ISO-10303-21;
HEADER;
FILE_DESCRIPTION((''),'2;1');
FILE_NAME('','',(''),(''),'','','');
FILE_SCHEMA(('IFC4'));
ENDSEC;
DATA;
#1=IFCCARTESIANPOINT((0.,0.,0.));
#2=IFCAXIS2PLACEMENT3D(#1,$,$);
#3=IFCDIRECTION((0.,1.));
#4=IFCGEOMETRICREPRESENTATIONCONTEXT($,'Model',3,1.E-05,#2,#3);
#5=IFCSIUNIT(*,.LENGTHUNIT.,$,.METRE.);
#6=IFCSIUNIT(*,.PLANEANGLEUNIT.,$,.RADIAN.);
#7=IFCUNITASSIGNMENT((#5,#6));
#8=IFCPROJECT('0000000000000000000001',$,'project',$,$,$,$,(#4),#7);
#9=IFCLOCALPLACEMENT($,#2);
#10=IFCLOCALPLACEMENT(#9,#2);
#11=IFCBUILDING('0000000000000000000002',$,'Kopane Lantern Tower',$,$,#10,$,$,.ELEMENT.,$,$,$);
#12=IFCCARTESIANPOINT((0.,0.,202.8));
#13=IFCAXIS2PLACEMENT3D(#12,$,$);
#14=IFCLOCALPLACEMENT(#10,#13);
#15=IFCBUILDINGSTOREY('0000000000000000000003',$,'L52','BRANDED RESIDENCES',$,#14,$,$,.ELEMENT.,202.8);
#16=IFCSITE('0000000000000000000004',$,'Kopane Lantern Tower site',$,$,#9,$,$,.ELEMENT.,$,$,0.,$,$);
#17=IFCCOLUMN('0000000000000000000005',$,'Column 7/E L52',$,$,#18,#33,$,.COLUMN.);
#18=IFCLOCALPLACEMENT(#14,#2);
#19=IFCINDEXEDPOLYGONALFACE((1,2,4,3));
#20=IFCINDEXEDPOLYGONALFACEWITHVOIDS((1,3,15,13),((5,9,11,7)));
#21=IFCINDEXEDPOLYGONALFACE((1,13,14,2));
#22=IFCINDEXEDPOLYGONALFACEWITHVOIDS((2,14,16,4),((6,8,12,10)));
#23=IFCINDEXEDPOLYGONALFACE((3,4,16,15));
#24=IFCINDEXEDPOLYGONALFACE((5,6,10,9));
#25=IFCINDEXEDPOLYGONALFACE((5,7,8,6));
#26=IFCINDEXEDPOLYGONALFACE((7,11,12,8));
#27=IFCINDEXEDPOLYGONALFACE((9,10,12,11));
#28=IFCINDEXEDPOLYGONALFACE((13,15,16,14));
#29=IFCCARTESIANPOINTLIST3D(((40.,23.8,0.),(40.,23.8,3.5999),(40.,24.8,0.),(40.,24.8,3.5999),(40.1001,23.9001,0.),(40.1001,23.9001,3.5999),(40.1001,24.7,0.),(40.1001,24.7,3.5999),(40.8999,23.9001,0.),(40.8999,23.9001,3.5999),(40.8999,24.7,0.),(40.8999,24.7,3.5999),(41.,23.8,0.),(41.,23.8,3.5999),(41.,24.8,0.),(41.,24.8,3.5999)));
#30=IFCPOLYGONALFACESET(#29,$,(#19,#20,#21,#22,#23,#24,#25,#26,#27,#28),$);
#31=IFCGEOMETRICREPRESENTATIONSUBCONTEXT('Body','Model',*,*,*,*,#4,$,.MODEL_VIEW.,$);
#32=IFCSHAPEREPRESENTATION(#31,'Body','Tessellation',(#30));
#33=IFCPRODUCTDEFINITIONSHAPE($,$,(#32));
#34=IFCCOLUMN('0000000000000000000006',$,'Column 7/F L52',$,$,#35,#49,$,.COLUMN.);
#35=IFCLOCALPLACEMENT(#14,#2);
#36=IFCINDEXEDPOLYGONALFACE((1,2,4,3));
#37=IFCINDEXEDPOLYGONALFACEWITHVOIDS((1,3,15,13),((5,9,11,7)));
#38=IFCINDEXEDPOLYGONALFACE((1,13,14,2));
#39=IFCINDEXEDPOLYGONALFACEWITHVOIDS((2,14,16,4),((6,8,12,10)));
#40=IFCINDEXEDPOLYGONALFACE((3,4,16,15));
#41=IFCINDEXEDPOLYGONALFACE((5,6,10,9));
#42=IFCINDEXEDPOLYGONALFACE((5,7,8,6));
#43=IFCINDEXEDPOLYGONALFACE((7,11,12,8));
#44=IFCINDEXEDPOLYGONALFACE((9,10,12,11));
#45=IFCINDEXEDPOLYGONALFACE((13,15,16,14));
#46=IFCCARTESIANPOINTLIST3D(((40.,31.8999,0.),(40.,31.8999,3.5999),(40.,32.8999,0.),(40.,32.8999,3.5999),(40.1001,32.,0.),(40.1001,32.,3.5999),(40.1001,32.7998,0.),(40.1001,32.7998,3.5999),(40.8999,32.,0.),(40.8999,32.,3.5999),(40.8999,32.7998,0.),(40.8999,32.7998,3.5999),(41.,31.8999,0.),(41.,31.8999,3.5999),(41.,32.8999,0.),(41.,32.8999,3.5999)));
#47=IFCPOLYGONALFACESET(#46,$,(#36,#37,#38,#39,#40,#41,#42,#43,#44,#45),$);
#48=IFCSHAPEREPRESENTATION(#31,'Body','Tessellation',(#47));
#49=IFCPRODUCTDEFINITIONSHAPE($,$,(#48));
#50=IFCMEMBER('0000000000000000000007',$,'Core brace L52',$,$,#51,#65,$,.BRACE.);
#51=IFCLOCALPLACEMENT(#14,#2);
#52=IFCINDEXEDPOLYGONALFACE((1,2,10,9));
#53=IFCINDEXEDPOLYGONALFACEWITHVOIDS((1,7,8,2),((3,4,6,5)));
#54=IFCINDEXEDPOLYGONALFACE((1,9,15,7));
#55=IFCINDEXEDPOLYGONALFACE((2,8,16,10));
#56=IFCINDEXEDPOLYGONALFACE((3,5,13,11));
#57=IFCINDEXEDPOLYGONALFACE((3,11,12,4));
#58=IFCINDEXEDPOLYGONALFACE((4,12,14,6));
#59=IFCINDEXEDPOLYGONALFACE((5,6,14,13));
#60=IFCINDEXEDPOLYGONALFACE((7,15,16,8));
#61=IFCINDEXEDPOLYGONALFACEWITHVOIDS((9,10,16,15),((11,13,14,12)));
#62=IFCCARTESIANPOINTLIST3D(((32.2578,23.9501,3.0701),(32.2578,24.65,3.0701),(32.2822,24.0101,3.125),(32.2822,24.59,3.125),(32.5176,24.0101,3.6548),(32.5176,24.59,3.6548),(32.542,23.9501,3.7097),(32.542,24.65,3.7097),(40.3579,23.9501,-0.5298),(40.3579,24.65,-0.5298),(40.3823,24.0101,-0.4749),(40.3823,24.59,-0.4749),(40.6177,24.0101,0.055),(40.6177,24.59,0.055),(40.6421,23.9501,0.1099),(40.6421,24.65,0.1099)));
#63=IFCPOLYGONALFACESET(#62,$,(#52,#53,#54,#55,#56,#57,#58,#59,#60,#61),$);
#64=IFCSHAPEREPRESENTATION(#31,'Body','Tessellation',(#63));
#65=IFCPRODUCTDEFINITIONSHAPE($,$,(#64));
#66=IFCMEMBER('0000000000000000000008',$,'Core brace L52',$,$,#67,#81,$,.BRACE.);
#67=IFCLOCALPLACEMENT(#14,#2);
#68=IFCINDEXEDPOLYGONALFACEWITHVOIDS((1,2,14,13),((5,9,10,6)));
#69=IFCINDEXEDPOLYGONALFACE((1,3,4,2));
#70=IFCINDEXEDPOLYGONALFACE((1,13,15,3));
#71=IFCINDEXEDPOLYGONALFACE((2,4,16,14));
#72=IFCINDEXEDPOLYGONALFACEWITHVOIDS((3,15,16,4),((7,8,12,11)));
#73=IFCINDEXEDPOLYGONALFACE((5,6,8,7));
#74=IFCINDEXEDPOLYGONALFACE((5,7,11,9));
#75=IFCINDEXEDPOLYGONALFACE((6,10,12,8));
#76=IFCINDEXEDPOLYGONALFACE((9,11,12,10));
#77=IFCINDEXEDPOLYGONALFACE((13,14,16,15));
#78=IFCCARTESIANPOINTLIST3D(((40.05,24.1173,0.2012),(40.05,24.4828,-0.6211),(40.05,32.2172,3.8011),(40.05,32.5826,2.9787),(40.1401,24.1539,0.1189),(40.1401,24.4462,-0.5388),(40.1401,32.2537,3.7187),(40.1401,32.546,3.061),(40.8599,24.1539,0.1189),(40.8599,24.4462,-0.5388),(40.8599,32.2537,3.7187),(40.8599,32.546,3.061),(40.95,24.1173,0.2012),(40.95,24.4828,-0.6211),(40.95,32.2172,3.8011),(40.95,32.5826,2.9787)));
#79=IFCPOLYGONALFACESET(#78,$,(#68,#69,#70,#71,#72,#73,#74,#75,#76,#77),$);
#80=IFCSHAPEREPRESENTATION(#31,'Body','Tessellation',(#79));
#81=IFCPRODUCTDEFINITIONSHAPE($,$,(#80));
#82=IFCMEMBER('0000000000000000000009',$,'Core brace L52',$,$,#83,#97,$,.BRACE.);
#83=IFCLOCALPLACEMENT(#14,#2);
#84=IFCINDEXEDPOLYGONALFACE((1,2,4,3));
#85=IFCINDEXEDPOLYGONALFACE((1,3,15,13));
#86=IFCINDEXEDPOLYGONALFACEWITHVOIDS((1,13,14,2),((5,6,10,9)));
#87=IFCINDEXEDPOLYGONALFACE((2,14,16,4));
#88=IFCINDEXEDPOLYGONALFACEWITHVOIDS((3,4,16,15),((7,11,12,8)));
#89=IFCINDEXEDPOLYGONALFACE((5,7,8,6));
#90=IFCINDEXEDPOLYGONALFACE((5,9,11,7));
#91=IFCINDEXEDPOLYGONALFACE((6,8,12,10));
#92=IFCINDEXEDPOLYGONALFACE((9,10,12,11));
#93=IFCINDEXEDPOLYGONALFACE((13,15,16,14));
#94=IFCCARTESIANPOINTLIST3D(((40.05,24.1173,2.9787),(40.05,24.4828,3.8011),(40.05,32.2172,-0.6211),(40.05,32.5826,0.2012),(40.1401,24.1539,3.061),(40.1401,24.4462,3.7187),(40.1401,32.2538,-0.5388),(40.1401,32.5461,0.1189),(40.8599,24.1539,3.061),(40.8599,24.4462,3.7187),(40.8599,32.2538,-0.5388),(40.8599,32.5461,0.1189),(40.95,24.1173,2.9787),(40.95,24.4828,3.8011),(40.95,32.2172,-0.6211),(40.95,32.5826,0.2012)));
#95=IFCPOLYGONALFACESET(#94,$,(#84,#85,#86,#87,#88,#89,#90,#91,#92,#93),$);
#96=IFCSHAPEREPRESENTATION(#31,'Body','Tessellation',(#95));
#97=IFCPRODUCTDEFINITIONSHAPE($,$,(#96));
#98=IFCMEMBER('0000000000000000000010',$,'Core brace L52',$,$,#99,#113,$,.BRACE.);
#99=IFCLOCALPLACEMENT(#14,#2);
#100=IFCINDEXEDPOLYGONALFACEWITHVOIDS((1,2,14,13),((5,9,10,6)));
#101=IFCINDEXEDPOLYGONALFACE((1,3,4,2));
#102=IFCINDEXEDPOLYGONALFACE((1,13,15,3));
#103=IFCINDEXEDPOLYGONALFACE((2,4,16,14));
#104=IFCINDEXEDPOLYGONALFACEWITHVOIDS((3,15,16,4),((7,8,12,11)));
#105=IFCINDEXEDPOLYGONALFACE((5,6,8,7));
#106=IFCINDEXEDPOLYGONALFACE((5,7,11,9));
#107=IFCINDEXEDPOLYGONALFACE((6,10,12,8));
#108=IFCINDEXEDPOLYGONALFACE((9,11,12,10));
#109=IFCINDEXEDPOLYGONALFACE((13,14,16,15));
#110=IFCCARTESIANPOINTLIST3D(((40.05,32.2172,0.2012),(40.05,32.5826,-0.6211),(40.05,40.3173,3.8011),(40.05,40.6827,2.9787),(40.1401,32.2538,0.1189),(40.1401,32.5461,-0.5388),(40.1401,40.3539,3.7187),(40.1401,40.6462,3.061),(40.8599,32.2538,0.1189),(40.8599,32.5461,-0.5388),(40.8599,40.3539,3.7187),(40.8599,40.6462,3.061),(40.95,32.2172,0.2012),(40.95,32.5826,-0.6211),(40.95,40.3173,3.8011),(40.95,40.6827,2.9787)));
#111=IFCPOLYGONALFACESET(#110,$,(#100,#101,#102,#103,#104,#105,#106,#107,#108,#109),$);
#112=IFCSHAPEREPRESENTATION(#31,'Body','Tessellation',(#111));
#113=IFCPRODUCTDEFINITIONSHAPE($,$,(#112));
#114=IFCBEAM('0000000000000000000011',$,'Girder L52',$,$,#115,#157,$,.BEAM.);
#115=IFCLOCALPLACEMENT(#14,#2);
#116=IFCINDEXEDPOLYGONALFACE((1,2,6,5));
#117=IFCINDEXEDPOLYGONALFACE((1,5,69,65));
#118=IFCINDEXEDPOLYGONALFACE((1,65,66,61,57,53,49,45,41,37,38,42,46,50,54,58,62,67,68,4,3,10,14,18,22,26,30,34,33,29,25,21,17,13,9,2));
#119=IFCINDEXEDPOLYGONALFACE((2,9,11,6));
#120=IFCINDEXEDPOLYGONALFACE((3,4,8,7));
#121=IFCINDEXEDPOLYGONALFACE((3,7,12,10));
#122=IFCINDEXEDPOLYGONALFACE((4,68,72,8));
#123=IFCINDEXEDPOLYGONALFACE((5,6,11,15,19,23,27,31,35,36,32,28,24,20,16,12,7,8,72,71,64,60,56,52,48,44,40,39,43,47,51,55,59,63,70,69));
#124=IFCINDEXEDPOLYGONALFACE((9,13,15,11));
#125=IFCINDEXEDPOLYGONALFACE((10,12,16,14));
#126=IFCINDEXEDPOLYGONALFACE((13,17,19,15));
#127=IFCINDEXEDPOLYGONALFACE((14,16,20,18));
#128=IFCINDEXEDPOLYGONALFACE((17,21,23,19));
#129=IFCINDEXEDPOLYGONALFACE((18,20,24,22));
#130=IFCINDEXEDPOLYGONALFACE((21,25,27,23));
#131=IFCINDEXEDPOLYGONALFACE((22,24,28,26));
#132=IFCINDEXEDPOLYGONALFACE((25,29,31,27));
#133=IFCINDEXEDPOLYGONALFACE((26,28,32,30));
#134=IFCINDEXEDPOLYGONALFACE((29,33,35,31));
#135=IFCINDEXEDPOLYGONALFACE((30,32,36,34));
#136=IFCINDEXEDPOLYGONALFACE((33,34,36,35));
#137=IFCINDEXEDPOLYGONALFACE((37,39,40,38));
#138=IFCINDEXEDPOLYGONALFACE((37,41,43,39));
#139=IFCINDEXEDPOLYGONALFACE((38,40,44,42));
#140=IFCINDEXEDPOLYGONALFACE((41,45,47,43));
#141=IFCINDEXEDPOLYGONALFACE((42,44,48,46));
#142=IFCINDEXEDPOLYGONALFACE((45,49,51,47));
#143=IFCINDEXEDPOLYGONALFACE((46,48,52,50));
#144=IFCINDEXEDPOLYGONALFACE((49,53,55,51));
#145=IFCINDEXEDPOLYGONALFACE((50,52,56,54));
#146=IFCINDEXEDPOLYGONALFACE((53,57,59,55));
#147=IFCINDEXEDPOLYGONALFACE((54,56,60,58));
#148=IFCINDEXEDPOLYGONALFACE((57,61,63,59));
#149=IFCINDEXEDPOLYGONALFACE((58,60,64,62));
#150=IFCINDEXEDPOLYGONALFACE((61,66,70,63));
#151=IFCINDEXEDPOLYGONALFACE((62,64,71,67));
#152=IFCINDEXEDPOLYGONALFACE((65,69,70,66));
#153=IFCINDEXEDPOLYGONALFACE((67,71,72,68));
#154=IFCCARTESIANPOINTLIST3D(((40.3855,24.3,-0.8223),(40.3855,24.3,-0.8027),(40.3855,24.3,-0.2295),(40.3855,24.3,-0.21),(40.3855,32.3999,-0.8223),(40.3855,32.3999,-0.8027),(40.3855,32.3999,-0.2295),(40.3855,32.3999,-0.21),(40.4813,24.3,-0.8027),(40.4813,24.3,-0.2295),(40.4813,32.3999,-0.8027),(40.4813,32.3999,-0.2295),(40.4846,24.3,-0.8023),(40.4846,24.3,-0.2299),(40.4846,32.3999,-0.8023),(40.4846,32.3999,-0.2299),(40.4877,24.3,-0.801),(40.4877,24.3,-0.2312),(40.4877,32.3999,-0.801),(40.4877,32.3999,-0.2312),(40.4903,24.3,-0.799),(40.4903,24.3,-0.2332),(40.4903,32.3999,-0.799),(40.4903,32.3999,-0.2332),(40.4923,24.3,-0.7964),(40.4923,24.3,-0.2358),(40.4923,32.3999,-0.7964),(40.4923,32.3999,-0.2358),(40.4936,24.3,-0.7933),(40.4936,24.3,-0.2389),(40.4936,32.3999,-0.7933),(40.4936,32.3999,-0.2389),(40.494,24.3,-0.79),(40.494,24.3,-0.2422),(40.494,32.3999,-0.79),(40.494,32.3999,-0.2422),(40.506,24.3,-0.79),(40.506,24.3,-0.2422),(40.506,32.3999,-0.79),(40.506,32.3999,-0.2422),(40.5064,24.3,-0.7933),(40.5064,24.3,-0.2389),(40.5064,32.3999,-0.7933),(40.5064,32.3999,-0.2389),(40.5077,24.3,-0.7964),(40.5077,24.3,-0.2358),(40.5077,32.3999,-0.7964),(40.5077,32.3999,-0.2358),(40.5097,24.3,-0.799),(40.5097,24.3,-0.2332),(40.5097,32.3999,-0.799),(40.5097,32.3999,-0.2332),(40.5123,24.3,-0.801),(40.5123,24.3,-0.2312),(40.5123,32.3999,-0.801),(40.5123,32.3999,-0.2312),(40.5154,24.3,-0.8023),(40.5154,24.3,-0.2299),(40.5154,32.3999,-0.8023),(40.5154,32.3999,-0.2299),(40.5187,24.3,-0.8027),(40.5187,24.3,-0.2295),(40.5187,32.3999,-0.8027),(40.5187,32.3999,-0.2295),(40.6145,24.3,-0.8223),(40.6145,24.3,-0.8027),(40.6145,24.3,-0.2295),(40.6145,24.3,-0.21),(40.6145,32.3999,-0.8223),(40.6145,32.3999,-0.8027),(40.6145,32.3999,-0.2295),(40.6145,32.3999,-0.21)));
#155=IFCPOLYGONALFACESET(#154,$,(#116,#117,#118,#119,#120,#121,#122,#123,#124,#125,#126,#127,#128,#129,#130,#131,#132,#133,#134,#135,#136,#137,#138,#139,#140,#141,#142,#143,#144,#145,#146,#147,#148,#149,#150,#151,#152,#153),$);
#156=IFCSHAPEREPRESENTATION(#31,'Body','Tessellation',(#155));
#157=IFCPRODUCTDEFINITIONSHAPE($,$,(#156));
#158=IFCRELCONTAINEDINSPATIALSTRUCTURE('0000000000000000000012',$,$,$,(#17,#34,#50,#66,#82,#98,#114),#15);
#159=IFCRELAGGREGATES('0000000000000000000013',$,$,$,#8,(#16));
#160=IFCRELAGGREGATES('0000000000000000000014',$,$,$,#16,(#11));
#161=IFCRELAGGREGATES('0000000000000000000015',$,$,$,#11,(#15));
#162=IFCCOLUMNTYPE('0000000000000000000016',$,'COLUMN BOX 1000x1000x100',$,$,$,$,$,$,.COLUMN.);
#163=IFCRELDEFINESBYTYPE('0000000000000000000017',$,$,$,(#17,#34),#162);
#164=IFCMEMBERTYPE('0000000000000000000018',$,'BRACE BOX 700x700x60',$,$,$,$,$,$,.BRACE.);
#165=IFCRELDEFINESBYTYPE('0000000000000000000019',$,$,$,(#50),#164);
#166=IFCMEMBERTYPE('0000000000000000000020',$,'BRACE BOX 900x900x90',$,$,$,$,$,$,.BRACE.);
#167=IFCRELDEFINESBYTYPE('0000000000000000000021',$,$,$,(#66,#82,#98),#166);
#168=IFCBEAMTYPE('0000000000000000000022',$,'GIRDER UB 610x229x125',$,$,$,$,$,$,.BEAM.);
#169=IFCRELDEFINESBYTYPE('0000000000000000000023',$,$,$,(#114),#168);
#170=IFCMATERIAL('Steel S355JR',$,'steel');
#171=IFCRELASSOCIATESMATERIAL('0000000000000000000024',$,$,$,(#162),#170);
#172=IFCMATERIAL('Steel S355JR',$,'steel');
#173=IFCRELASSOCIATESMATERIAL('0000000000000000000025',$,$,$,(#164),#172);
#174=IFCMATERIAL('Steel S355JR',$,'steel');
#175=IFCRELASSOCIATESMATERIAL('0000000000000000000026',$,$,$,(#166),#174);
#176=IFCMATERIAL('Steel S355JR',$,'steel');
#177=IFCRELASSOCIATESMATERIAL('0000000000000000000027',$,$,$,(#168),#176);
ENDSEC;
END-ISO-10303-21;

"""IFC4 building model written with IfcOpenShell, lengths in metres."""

from ifc_helpers import new_model, si_unit, direction, frame, origin, origin_2d, place, context, subcontext, project, spatial, hollow_rectangle, i_section, extrude, material, material_profile, profile_set, type_object, element, save


model = new_model("IFC4")

# Units and contexts
model_context = context("Model", 3, precision=1e-05, world=origin(), true_north=direction((0.0, 1.0)))
body_context = subcontext(model_context, "Body", "Model", "MODEL_VIEW")
ifc_project = project(units=[si_unit("LENGTHUNIT", "METRE"), si_unit("PLANEANGLEUNIT", "RADIAN")], contexts=[model_context])

# Site, building, storey
site_placement = place(None, origin())
site = spatial("IfcSite", under=ifc_project, at=site_placement, Name="Kopane Lantern Tower site", CompositionType="ELEMENT", RefElevation=0.0)
building_placement = place(site_placement, origin())
building = spatial("IfcBuilding", under=site, at=building_placement, Name="Kopane Lantern Tower", CompositionType="ELEMENT")
storey_placement = place(building_placement, frame((0.0, 0.0, 202.8)))
storey = spatial("IfcBuildingStorey", under=building, at=storey_placement, Name="L52", Description="BRANDED RESIDENCES", CompositionType="ELEMENT", Elevation=202.8)

# Columns
ifc_material_1 = material(Name="Steel S355JR", Category="steel")
ifc_material_profile_1 = material_profile(ifc_material_1, hollow_rectangle(XDim=1.0, YDim=1.0, WallThickness=0.1001, at=origin_2d()), Name="BOX 1000x1000x100")
ifc_profile_set_1 = profile_set([ifc_material_profile_1], Name="Steel S355JR")
column_type = type_object("IfcColumnType", Name="COLUMN BOX 1000x1000x100", PredefinedType="COLUMN", material=ifc_profile_set_1)
for number, where, z_axis, x_axis, name in (
    (1, (40.5, 24.3, 0.0), (0.0, 0.0, 1.0), (1.0, 0.0, 0.0), "Column 7/E L52"),
    (2, (40.5, 32.3999, 0.0), (0.0, 0.0, 1.0), (1.0, 0.0, 0.0), "Column 7/F L52"),
):
    element("IfcColumn", number, at=place(storey_placement, frame(where, z_axis=z_axis, x_axis=x_axis)), inside=storey, type_object=column_type, Name=name, PredefinedType="COLUMN", context=body_context, shape_type="SweptSolid", body=[
        extrude(hollow_rectangle(XDim=1.0, YDim=1.0, WallThickness=0.1001, at=origin_2d()), origin(), (0.0, 0.0, 1.0), 3.5999),
    ])

# Members
ifc_material_2 = material(Name="Steel S355JR", Category="steel")
ifc_material_profile_2 = material_profile(ifc_material_2, hollow_rectangle(XDim=0.7, YDim=0.7, WallThickness=0.0601, at=origin_2d()), Name="BOX 700x700x60")
ifc_profile_set_2 = profile_set([ifc_material_profile_2], Name="Steel S355JR")
member_type_1 = type_object("IfcMemberType", Name="BRACE BOX 700x700x60", PredefinedType="BRACE", material=ifc_profile_set_2)
member_1_placement = place(storey_placement, frame((40.5, 24.3, -0.21), z_axis=(-0.913819, 0.0, 0.406121), x_axis=(0.0, -1.0, 0.0)))
element("IfcMember", 3, at=member_1_placement, inside=storey, type_object=member_type_1, Name="Core brace L52", PredefinedType="BRACE", context=body_context, shape_type="SweptSolid", body=[
    extrude(hollow_rectangle(XDim=0.7, YDim=0.7, WallThickness=0.0601, at=origin_2d()), origin(), (0.0, 0.0, 1.0), 8.864),
])
ifc_material_3 = material(Name="Steel S355JR", Category="steel")
ifc_material_profile_3 = material_profile(ifc_material_3, hollow_rectangle(XDim=0.8999, YDim=0.8999, WallThickness=0.0901, at=origin_2d()), Name="BOX 900x900x90")
ifc_profile_set_3 = profile_set([ifc_material_profile_3], Name="Steel S355JR")
member_type_2 = type_object("IfcMemberType", Name="BRACE BOX 900x900x90", PredefinedType="BRACE", material=ifc_profile_set_3)
for number, where, z_axis, x_axis, name in (
    (4, (40.5, 24.3, -0.21), (0.0, 0.913815, 0.406131), (-1.0, 0.0, 0.0), "Core brace L52"),
    (5, (40.5, 32.3999, -0.21), (0.0, -0.913815, 0.406131), (1.0, 0.0, 0.0), "Core brace L52"),
):
    element("IfcMember", number, at=place(storey_placement, frame(where, z_axis=z_axis, x_axis=x_axis)), inside=storey, type_object=member_type_2, Name=name, PredefinedType="BRACE", context=body_context, shape_type="SweptSolid", body=[
        extrude(hollow_rectangle(XDim=0.8999, YDim=0.8999, WallThickness=0.0901, at=origin_2d()), origin(), (0.0, 0.0, 1.0), 8.8638),
    ])
member_2_placement = place(storey_placement, frame((40.5, 32.3999, -0.21), z_axis=(0.0, 0.913819, 0.406121), x_axis=(-1.0, 0.0, 0.0)))
element("IfcMember", 6, at=member_2_placement, inside=storey, type_object=member_type_2, Name="Core brace L52", PredefinedType="BRACE", context=body_context, shape_type="SweptSolid", body=[
    extrude(hollow_rectangle(XDim=0.8999, YDim=0.8999, WallThickness=0.0901, at=origin_2d()), origin(), (0.0, 0.0, 1.0), 8.864),
])

# Beam
ifc_material_4 = material(Name="Steel S355JR", Category="steel")
ifc_material_profile_4 = material_profile(ifc_material_4, i_section(OverallWidth=0.229, OverallDepth=0.6123, WebThickness=0.012, FlangeThickness=0.0195, FilletRadius=0.0127, at=origin_2d()), Name="UB 610x229x125")
ifc_profile_set_4 = profile_set([ifc_material_profile_4], Name="Steel S355JR")
beam_type = type_object("IfcBeamType", Name="GIRDER UB 610x229x125", PredefinedType="BEAM", material=ifc_profile_set_4)
beam_placement = place(storey_placement, frame((40.5, 24.3, -0.5161), z_axis=(0.0, 1.0, 0.0), x_axis=(-1.0, 0.0, 0.0)))
element("IfcBeam", 7, at=beam_placement, inside=storey, type_object=beam_type, Name="Girder L52", PredefinedType="BEAM", context=body_context, shape_type="SweptSolid", body=[
    extrude(i_section(OverallWidth=0.229, OverallDepth=0.6123, WebThickness=0.012, FlangeThickness=0.0195, FilletRadius=0.0127, at=origin_2d()), origin(), (0.0, 0.0, 1.0), 8.0999),
])

save(model, "model.ifc")
